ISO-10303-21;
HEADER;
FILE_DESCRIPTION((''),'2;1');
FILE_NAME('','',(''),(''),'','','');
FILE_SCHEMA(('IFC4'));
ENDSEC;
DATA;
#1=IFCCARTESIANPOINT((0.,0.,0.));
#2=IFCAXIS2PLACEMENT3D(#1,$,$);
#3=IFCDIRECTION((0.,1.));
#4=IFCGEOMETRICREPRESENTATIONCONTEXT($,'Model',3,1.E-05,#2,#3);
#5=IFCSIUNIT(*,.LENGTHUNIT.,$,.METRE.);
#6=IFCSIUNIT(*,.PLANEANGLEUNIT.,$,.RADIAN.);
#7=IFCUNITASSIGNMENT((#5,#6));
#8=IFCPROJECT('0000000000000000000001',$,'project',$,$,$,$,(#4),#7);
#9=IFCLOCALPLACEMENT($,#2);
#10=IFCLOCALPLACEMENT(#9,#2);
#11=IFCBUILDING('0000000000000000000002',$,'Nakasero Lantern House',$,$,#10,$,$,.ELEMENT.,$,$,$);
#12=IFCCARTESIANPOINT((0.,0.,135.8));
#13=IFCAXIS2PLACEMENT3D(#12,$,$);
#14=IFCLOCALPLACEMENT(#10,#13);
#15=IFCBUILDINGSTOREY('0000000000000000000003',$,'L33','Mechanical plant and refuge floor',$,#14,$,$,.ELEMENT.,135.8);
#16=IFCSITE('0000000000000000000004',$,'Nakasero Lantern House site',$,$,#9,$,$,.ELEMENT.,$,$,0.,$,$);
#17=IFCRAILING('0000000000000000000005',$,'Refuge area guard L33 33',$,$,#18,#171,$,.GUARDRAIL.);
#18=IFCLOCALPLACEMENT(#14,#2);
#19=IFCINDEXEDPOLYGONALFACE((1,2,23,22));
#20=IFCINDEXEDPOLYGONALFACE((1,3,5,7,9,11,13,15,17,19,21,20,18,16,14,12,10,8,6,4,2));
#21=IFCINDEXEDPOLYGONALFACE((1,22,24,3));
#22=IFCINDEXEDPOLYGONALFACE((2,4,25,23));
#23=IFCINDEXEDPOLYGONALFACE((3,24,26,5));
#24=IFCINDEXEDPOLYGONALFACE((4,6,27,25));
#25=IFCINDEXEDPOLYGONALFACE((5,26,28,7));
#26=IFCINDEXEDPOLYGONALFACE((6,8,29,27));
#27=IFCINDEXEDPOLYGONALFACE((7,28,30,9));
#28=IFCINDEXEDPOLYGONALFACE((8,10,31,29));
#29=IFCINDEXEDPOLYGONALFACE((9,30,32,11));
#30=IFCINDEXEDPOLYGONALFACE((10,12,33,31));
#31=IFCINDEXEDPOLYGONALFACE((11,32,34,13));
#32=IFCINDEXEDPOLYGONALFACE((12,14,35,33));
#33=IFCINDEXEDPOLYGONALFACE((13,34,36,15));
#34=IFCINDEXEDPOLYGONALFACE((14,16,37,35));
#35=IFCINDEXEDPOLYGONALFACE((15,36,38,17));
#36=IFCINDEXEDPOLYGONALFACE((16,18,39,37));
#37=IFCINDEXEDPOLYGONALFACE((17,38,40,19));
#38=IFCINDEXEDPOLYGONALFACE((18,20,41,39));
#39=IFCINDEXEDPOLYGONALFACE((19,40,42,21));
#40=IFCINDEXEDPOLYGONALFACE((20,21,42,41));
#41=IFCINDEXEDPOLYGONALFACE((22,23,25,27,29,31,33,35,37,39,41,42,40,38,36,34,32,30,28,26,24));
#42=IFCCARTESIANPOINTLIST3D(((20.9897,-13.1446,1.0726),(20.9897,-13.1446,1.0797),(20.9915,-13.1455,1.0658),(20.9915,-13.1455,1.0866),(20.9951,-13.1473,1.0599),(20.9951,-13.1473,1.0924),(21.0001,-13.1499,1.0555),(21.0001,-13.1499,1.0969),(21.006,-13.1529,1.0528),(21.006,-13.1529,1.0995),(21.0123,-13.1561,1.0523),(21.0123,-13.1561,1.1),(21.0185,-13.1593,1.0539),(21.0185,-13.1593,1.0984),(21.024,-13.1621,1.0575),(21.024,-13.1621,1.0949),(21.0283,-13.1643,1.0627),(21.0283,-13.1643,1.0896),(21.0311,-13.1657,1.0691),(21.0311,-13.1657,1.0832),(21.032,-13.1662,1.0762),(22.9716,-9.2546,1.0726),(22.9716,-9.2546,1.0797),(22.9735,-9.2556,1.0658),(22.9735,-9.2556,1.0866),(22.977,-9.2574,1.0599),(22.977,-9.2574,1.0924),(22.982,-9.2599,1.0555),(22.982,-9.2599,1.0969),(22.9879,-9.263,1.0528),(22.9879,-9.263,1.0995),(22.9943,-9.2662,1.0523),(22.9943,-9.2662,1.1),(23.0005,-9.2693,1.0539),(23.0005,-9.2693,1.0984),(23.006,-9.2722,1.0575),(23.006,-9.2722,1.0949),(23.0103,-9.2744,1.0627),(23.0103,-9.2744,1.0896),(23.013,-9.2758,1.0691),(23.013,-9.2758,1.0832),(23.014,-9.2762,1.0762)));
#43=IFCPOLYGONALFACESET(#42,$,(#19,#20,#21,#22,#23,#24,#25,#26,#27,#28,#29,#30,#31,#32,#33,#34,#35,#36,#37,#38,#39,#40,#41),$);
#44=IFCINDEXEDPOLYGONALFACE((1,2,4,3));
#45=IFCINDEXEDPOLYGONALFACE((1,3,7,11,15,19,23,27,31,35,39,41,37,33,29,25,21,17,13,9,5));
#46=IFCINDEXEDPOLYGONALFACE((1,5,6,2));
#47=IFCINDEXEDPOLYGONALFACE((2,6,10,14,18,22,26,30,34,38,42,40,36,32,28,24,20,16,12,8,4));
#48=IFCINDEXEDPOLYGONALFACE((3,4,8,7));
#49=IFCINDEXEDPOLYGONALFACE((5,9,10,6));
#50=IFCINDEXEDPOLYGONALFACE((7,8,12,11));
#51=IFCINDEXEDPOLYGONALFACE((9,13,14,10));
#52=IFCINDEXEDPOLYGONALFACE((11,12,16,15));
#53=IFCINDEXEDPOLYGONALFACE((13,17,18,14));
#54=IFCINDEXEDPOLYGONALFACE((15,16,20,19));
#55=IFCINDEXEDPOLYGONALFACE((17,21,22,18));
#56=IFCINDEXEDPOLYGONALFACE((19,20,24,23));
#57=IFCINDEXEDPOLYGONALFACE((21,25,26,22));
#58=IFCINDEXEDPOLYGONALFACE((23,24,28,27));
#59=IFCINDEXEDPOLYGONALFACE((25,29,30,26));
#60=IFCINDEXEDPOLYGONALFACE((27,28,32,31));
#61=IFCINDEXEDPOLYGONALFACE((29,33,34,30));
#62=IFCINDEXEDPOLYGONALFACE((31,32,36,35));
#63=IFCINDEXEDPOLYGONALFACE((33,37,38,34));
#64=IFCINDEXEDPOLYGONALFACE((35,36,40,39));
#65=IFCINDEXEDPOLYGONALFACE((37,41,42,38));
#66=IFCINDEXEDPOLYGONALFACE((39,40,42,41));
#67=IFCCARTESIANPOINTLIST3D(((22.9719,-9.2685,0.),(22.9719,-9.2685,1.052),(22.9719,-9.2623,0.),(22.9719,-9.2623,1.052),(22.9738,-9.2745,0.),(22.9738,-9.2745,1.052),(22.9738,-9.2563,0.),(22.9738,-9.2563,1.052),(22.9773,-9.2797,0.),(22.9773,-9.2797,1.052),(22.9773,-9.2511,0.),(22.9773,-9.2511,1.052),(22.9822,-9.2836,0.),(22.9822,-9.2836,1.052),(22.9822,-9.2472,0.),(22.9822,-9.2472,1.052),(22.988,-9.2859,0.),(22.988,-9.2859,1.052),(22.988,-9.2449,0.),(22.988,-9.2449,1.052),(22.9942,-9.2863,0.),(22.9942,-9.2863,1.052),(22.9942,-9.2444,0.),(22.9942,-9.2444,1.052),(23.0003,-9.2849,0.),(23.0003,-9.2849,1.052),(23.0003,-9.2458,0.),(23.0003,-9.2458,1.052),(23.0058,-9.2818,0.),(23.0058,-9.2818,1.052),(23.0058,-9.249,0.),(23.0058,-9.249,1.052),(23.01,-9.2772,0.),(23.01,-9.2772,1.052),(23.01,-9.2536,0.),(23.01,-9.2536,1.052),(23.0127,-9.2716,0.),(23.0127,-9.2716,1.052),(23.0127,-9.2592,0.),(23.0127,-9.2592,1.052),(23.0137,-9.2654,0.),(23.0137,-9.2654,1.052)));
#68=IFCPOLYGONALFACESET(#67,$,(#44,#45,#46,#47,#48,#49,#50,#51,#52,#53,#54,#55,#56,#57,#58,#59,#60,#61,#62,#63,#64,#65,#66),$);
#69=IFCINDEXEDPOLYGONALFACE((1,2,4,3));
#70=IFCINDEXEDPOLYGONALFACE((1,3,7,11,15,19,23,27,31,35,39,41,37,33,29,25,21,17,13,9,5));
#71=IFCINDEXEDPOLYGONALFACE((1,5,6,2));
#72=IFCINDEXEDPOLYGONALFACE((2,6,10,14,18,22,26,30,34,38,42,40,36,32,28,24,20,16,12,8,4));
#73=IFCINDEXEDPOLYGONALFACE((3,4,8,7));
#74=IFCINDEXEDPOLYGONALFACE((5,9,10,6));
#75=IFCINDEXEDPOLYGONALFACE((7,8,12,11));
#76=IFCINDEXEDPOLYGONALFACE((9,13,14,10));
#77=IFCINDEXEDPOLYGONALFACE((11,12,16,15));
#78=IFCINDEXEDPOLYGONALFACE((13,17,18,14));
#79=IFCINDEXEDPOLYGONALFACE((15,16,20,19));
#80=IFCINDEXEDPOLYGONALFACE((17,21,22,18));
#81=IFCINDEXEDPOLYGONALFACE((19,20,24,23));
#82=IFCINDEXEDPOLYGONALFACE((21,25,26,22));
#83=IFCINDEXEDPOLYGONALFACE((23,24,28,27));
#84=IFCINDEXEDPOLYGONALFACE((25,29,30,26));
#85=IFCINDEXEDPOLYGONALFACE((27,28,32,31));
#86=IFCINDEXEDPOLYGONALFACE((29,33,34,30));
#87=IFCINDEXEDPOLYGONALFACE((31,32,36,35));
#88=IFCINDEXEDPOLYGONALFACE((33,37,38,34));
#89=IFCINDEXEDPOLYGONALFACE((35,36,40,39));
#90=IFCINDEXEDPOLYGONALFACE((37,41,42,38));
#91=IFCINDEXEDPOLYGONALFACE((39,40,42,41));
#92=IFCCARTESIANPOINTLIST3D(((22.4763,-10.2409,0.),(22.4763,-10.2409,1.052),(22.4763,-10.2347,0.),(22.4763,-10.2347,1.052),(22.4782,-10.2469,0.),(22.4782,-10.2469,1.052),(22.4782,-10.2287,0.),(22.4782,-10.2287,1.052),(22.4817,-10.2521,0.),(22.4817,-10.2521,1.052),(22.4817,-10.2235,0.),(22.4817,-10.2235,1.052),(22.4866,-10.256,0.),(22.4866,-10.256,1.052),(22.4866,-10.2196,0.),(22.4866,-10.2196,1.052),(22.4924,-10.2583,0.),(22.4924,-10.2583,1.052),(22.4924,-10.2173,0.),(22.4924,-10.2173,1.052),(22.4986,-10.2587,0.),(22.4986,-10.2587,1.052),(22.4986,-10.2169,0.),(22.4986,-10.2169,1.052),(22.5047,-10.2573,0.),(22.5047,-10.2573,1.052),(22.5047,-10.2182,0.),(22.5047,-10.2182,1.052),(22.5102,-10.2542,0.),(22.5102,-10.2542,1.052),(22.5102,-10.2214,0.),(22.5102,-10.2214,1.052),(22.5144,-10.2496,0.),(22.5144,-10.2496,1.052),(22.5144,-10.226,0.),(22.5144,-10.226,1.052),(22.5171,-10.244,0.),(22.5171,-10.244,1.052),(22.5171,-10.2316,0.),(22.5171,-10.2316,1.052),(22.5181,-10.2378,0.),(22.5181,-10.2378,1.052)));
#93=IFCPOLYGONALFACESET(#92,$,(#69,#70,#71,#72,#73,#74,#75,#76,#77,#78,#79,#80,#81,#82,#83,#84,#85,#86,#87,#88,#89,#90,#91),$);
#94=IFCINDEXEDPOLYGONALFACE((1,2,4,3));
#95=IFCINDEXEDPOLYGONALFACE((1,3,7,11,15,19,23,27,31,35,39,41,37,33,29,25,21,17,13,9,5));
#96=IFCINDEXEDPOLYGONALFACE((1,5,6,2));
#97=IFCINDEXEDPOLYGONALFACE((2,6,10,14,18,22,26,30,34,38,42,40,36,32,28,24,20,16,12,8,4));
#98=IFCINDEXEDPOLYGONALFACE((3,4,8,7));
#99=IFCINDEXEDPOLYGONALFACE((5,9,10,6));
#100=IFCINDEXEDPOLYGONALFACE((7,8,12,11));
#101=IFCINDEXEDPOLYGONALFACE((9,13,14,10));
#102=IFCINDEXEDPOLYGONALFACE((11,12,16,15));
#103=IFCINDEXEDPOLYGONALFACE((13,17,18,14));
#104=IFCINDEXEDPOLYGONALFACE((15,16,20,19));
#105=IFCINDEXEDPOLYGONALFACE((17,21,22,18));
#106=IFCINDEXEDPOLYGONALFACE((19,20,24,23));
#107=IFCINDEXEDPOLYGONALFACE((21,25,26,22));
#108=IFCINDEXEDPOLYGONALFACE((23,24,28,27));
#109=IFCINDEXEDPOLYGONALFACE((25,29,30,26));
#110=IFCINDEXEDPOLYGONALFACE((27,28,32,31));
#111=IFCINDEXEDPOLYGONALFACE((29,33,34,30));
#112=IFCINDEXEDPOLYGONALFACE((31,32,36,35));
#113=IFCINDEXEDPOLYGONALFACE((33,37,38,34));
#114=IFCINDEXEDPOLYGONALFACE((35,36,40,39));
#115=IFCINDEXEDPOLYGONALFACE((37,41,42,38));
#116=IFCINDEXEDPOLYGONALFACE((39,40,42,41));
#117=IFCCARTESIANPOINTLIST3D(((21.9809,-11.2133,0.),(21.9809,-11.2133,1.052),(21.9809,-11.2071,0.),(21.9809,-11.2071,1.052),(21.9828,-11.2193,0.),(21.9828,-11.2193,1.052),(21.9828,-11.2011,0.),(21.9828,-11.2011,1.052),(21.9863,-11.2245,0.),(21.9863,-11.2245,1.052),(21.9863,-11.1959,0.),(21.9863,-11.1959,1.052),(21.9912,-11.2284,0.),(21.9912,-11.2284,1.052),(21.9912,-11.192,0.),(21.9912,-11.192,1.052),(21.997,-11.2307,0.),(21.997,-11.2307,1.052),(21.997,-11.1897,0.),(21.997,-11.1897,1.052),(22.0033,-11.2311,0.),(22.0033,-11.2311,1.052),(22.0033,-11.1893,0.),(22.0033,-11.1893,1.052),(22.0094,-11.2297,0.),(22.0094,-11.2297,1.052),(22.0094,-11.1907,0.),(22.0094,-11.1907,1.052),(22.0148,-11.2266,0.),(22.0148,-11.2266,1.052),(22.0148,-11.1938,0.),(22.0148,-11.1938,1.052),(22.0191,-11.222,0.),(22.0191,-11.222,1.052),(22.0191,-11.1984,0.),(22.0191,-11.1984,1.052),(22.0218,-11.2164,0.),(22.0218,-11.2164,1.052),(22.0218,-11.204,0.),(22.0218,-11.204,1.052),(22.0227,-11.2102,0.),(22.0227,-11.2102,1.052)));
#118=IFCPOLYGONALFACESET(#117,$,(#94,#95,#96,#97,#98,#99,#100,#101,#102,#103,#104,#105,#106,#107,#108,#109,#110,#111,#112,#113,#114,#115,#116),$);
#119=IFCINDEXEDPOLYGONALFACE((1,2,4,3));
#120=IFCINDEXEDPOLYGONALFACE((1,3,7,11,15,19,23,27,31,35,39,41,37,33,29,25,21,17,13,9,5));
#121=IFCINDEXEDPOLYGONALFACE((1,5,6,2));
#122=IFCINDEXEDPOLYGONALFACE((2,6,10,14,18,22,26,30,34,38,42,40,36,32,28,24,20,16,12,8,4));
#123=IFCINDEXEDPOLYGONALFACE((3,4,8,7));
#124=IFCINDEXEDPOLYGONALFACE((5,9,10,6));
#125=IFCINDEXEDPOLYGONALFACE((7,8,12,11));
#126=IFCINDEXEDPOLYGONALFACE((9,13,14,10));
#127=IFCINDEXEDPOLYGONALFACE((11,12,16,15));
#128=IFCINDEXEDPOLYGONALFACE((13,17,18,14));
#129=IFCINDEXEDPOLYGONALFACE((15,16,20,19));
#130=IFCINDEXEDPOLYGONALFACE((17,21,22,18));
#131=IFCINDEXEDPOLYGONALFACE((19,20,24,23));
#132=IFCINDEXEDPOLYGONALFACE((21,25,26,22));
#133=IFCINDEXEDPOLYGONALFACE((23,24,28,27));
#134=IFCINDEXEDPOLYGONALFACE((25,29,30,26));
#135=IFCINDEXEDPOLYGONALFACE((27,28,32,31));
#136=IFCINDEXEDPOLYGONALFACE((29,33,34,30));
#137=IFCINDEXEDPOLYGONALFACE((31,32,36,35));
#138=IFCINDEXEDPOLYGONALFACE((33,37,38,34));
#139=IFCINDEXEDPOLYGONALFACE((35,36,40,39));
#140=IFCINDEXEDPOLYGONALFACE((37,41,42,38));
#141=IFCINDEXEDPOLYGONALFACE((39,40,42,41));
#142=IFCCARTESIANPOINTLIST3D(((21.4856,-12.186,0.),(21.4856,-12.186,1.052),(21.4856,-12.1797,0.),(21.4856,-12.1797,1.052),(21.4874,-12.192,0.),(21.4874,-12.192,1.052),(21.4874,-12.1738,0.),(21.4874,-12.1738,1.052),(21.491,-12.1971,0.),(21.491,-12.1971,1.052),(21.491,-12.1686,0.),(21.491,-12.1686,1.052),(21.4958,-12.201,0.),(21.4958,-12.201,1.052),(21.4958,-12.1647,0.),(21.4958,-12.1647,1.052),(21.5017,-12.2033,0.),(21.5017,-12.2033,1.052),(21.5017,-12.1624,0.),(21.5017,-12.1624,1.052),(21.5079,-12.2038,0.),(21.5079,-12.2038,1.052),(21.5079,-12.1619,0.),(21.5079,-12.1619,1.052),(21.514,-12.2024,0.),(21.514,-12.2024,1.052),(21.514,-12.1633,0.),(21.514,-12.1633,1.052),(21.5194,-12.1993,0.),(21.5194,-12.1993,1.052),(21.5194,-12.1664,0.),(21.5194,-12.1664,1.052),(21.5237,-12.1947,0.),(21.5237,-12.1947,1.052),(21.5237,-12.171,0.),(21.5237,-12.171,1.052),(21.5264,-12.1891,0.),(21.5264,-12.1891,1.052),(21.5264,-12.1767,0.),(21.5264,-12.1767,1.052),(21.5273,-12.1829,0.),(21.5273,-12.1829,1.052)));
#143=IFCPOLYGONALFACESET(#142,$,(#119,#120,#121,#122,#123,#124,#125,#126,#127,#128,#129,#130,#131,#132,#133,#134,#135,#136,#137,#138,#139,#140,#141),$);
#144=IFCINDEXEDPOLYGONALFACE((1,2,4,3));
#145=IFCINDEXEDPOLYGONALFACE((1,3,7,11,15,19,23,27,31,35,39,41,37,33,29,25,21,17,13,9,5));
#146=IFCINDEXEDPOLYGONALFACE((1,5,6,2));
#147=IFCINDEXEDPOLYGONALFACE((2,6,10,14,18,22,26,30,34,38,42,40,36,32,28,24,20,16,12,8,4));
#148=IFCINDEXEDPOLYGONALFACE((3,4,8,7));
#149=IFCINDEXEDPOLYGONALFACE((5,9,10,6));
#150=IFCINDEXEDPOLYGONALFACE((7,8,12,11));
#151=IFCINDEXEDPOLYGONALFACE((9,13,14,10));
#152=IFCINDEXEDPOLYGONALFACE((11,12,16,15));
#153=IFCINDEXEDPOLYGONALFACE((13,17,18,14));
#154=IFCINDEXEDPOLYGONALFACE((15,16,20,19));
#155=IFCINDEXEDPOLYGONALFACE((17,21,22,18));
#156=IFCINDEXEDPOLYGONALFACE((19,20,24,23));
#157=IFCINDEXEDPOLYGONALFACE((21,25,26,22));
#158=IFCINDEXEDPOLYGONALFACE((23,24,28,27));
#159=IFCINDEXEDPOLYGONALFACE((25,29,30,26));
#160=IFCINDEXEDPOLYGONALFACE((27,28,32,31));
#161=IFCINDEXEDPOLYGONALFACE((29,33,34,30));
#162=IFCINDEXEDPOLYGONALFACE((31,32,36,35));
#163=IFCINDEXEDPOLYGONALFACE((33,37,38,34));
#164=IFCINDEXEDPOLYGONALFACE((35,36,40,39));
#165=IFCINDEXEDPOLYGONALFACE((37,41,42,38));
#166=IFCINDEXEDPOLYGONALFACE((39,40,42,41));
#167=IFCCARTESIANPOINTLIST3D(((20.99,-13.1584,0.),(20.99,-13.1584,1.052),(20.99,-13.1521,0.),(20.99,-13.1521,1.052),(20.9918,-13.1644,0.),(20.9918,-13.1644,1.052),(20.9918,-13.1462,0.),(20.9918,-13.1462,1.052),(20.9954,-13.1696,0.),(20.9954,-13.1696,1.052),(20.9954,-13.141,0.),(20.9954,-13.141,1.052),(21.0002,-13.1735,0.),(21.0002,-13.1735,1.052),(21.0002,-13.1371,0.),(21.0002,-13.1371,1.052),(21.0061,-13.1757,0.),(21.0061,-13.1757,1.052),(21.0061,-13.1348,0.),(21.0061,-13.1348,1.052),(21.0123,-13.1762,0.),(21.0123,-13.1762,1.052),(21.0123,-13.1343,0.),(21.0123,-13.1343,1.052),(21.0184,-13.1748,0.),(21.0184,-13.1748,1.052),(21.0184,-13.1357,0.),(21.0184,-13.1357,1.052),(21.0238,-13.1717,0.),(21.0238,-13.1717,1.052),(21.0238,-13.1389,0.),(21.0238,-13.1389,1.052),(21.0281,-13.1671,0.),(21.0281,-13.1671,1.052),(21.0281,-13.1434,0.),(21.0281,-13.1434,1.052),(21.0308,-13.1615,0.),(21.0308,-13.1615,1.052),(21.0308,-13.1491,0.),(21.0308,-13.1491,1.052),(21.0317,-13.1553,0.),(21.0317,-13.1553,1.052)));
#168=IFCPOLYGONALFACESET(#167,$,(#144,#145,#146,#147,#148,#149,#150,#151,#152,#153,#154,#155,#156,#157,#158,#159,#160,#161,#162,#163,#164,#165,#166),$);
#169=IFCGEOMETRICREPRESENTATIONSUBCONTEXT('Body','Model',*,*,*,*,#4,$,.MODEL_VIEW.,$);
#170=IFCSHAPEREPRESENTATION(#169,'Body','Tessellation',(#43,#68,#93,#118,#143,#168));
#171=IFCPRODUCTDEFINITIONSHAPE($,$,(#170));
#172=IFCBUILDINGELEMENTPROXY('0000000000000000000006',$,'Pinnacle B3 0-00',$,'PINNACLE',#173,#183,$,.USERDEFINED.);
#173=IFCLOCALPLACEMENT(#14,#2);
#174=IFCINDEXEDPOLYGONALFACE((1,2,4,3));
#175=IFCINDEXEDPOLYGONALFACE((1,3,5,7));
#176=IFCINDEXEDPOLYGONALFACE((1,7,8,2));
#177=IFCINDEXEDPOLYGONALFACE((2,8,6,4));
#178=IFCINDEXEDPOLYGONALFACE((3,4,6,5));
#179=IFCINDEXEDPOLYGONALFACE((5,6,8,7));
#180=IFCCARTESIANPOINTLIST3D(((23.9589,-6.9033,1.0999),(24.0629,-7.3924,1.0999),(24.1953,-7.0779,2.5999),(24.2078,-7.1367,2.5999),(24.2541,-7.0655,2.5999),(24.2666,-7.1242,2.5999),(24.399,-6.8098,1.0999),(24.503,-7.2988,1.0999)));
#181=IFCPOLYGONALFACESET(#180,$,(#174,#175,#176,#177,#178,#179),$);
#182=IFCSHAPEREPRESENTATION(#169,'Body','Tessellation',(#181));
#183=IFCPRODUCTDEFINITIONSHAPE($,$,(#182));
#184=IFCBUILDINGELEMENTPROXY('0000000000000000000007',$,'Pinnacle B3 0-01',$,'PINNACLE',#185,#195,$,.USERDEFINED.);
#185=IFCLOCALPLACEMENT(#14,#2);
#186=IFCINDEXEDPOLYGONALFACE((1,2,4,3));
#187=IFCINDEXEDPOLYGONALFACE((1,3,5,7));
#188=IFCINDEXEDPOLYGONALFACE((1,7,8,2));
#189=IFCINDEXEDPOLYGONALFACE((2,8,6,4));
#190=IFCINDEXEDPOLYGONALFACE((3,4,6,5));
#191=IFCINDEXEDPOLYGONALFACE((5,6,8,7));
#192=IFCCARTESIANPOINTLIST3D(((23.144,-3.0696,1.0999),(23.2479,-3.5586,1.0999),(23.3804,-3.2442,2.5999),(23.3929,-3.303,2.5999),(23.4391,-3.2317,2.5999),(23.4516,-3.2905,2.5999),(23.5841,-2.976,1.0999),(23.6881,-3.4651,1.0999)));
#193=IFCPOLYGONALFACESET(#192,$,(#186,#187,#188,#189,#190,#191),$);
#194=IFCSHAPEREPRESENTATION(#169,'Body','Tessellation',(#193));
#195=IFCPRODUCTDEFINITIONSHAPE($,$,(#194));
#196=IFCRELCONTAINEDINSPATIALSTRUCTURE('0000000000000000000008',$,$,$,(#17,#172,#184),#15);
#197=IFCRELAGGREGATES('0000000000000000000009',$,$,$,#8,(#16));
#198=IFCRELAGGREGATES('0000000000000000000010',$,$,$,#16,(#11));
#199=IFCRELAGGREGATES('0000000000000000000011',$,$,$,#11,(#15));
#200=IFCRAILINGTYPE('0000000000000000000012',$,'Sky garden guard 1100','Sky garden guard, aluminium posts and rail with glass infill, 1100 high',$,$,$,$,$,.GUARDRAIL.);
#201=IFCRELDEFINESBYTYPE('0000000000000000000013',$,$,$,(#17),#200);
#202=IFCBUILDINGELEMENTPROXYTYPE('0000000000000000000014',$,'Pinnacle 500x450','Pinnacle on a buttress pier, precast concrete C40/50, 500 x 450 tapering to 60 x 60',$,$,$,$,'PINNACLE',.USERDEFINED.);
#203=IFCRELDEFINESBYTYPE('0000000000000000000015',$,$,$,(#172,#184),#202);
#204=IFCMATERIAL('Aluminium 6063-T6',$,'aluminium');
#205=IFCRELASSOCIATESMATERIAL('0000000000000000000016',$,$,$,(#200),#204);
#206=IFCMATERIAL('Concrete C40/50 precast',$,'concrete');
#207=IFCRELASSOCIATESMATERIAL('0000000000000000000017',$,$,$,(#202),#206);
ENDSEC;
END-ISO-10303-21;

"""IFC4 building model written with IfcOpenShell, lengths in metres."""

from ifc_helpers import new_model, entity, si_unit, direction, frame, origin, origin_2d, place, context, subcontext, project, spatial, circle, extrude, material, type_object, element, save


model = new_model("IFC4")

# Units and contexts
model_context = context("Model", 3, precision=1e-05, world=origin(), true_north=direction((0.0, 1.0)))
body_context = subcontext(model_context, "Body", "Model", "MODEL_VIEW")
ifc_project = project(units=[si_unit("LENGTHUNIT", "METRE"), si_unit("PLANEANGLEUNIT", "RADIAN")], contexts=[model_context])

# Site, building, storey
site_placement = place(None, origin())
site = spatial("IfcSite", under=ifc_project, at=site_placement, Name="Nakasero Lantern House site", CompositionType="ELEMENT", RefElevation=0.0)
building_placement = place(site_placement, origin())
building = spatial("IfcBuilding", under=site, at=building_placement, Name="Nakasero Lantern House", CompositionType="ELEMENT")
storey_placement = place(building_placement, frame((0.0, 0.0, 135.8)))
storey = spatial("IfcBuildingStorey", under=building, at=storey_placement, Name="L33", Description="Mechanical plant and refuge floor", CompositionType="ELEMENT", Elevation=135.8)

# Railing
ifc_material_1 = material(Name="Aluminium 6063-T6", Category="aluminium")
railing_type = type_object("IfcRailingType", Name="Sky garden guard 1100", Description="Sky garden guard, aluminium posts and rail with glass infill, 1100 high", PredefinedType="GUARDRAIL", material=ifc_material_1)
railing_1_placement = place(storey_placement, frame((22.9927, -9.2654, 0.0)))
element("IfcRailing", 1, at=railing_1_placement, inside=storey, type_object=railing_type, Name="Refuge area guard L33 33", PredefinedType="GUARDRAIL", context=body_context, shape_type="SweptSolid", body=[
    extrude(circle(Radius=0.0239, at=origin_2d()), frame((0.0, 0.0, 1.0762), z_axis=(-0.453979, -0.891013, 0.0), x_axis=(0.891013, -0.453979, 0.0)), (0.0, 0.0, 1.0), 4.3657),
    extrude(circle(Radius=0.021, at=origin_2d()), origin(), (0.0, 0.0, 1.0), 1.052),
    extrude(circle(Radius=0.021, at=origin_2d()), frame((-0.4956, -0.9724, 0.0)), (0.0, 0.0, 1.0), 1.052),
    extrude(circle(Radius=0.021, at=origin_2d()), frame((-0.991, -1.9448, 0.0)), (0.0, 0.0, 1.0), 1.052),
    extrude(circle(Radius=0.021, at=origin_2d()), frame((-1.4863, -2.9175, 0.0)), (0.0, 0.0, 1.0), 1.052),
    extrude(circle(Radius=0.021, at=origin_2d()), frame((-1.9819, -3.8899, 0.0)), (0.0, 0.0, 1.0), 1.052),
])

# Building element proxies
ifc_material_2 = material(Name="Concrete C40/50 precast", Category="concrete")
building_element_proxy_type = type_object("IfcBuildingElementProxyType", Name="Pinnacle 500x450", Description="Pinnacle on a buttress pier, precast concrete C40/50, 500 x 450 tapering to 60 x 60", ElementType="PINNACLE", PredefinedType="USERDEFINED", material=ifc_material_2)
for number, where, z_axis, x_axis, name in (
    (2, (24.231, -7.1011, 1.0999), (0.0, 0.0, 1.0), (0.978148, 0.207912, 0.0), "Pinnacle B3 0-00"),
    (3, (23.416, -3.2673, 1.0999), (0.0, 0.0, 1.0), (0.978148, 0.207912, 0.0), "Pinnacle B3 0-01"),
):
    element("IfcBuildingElementProxy", number, at=place(storey_placement, frame(where, z_axis=z_axis, x_axis=x_axis)), inside=storey, type_object=building_element_proxy_type, Name=name, ObjectType="PINNACLE", PredefinedType="USERDEFINED", context=body_context, shape_type="SweptSolid", body=[
        entity("IfcExtrudedAreaSolidTapered", entity("IfcRectangleProfileDef", "AREA", None, entity("IfcAxis2Placement2D", entity("IfcCartesianPoint", [0.0, 0.0])), 0.45, 0.5), entity("IfcAxis2Placement3D", entity("IfcCartesianPoint", [0.0, 0.0, 0.0])), entity("IfcDirection", [0.0, 0.0, 1.0]), 1.5, entity("IfcRectangleProfileDef", "AREA", None, entity("IfcAxis2Placement2D", entity("IfcCartesianPoint", [0.0, 0.0])), 0.0601, 0.0601)),
    ])

save(model, "model.ifc")
